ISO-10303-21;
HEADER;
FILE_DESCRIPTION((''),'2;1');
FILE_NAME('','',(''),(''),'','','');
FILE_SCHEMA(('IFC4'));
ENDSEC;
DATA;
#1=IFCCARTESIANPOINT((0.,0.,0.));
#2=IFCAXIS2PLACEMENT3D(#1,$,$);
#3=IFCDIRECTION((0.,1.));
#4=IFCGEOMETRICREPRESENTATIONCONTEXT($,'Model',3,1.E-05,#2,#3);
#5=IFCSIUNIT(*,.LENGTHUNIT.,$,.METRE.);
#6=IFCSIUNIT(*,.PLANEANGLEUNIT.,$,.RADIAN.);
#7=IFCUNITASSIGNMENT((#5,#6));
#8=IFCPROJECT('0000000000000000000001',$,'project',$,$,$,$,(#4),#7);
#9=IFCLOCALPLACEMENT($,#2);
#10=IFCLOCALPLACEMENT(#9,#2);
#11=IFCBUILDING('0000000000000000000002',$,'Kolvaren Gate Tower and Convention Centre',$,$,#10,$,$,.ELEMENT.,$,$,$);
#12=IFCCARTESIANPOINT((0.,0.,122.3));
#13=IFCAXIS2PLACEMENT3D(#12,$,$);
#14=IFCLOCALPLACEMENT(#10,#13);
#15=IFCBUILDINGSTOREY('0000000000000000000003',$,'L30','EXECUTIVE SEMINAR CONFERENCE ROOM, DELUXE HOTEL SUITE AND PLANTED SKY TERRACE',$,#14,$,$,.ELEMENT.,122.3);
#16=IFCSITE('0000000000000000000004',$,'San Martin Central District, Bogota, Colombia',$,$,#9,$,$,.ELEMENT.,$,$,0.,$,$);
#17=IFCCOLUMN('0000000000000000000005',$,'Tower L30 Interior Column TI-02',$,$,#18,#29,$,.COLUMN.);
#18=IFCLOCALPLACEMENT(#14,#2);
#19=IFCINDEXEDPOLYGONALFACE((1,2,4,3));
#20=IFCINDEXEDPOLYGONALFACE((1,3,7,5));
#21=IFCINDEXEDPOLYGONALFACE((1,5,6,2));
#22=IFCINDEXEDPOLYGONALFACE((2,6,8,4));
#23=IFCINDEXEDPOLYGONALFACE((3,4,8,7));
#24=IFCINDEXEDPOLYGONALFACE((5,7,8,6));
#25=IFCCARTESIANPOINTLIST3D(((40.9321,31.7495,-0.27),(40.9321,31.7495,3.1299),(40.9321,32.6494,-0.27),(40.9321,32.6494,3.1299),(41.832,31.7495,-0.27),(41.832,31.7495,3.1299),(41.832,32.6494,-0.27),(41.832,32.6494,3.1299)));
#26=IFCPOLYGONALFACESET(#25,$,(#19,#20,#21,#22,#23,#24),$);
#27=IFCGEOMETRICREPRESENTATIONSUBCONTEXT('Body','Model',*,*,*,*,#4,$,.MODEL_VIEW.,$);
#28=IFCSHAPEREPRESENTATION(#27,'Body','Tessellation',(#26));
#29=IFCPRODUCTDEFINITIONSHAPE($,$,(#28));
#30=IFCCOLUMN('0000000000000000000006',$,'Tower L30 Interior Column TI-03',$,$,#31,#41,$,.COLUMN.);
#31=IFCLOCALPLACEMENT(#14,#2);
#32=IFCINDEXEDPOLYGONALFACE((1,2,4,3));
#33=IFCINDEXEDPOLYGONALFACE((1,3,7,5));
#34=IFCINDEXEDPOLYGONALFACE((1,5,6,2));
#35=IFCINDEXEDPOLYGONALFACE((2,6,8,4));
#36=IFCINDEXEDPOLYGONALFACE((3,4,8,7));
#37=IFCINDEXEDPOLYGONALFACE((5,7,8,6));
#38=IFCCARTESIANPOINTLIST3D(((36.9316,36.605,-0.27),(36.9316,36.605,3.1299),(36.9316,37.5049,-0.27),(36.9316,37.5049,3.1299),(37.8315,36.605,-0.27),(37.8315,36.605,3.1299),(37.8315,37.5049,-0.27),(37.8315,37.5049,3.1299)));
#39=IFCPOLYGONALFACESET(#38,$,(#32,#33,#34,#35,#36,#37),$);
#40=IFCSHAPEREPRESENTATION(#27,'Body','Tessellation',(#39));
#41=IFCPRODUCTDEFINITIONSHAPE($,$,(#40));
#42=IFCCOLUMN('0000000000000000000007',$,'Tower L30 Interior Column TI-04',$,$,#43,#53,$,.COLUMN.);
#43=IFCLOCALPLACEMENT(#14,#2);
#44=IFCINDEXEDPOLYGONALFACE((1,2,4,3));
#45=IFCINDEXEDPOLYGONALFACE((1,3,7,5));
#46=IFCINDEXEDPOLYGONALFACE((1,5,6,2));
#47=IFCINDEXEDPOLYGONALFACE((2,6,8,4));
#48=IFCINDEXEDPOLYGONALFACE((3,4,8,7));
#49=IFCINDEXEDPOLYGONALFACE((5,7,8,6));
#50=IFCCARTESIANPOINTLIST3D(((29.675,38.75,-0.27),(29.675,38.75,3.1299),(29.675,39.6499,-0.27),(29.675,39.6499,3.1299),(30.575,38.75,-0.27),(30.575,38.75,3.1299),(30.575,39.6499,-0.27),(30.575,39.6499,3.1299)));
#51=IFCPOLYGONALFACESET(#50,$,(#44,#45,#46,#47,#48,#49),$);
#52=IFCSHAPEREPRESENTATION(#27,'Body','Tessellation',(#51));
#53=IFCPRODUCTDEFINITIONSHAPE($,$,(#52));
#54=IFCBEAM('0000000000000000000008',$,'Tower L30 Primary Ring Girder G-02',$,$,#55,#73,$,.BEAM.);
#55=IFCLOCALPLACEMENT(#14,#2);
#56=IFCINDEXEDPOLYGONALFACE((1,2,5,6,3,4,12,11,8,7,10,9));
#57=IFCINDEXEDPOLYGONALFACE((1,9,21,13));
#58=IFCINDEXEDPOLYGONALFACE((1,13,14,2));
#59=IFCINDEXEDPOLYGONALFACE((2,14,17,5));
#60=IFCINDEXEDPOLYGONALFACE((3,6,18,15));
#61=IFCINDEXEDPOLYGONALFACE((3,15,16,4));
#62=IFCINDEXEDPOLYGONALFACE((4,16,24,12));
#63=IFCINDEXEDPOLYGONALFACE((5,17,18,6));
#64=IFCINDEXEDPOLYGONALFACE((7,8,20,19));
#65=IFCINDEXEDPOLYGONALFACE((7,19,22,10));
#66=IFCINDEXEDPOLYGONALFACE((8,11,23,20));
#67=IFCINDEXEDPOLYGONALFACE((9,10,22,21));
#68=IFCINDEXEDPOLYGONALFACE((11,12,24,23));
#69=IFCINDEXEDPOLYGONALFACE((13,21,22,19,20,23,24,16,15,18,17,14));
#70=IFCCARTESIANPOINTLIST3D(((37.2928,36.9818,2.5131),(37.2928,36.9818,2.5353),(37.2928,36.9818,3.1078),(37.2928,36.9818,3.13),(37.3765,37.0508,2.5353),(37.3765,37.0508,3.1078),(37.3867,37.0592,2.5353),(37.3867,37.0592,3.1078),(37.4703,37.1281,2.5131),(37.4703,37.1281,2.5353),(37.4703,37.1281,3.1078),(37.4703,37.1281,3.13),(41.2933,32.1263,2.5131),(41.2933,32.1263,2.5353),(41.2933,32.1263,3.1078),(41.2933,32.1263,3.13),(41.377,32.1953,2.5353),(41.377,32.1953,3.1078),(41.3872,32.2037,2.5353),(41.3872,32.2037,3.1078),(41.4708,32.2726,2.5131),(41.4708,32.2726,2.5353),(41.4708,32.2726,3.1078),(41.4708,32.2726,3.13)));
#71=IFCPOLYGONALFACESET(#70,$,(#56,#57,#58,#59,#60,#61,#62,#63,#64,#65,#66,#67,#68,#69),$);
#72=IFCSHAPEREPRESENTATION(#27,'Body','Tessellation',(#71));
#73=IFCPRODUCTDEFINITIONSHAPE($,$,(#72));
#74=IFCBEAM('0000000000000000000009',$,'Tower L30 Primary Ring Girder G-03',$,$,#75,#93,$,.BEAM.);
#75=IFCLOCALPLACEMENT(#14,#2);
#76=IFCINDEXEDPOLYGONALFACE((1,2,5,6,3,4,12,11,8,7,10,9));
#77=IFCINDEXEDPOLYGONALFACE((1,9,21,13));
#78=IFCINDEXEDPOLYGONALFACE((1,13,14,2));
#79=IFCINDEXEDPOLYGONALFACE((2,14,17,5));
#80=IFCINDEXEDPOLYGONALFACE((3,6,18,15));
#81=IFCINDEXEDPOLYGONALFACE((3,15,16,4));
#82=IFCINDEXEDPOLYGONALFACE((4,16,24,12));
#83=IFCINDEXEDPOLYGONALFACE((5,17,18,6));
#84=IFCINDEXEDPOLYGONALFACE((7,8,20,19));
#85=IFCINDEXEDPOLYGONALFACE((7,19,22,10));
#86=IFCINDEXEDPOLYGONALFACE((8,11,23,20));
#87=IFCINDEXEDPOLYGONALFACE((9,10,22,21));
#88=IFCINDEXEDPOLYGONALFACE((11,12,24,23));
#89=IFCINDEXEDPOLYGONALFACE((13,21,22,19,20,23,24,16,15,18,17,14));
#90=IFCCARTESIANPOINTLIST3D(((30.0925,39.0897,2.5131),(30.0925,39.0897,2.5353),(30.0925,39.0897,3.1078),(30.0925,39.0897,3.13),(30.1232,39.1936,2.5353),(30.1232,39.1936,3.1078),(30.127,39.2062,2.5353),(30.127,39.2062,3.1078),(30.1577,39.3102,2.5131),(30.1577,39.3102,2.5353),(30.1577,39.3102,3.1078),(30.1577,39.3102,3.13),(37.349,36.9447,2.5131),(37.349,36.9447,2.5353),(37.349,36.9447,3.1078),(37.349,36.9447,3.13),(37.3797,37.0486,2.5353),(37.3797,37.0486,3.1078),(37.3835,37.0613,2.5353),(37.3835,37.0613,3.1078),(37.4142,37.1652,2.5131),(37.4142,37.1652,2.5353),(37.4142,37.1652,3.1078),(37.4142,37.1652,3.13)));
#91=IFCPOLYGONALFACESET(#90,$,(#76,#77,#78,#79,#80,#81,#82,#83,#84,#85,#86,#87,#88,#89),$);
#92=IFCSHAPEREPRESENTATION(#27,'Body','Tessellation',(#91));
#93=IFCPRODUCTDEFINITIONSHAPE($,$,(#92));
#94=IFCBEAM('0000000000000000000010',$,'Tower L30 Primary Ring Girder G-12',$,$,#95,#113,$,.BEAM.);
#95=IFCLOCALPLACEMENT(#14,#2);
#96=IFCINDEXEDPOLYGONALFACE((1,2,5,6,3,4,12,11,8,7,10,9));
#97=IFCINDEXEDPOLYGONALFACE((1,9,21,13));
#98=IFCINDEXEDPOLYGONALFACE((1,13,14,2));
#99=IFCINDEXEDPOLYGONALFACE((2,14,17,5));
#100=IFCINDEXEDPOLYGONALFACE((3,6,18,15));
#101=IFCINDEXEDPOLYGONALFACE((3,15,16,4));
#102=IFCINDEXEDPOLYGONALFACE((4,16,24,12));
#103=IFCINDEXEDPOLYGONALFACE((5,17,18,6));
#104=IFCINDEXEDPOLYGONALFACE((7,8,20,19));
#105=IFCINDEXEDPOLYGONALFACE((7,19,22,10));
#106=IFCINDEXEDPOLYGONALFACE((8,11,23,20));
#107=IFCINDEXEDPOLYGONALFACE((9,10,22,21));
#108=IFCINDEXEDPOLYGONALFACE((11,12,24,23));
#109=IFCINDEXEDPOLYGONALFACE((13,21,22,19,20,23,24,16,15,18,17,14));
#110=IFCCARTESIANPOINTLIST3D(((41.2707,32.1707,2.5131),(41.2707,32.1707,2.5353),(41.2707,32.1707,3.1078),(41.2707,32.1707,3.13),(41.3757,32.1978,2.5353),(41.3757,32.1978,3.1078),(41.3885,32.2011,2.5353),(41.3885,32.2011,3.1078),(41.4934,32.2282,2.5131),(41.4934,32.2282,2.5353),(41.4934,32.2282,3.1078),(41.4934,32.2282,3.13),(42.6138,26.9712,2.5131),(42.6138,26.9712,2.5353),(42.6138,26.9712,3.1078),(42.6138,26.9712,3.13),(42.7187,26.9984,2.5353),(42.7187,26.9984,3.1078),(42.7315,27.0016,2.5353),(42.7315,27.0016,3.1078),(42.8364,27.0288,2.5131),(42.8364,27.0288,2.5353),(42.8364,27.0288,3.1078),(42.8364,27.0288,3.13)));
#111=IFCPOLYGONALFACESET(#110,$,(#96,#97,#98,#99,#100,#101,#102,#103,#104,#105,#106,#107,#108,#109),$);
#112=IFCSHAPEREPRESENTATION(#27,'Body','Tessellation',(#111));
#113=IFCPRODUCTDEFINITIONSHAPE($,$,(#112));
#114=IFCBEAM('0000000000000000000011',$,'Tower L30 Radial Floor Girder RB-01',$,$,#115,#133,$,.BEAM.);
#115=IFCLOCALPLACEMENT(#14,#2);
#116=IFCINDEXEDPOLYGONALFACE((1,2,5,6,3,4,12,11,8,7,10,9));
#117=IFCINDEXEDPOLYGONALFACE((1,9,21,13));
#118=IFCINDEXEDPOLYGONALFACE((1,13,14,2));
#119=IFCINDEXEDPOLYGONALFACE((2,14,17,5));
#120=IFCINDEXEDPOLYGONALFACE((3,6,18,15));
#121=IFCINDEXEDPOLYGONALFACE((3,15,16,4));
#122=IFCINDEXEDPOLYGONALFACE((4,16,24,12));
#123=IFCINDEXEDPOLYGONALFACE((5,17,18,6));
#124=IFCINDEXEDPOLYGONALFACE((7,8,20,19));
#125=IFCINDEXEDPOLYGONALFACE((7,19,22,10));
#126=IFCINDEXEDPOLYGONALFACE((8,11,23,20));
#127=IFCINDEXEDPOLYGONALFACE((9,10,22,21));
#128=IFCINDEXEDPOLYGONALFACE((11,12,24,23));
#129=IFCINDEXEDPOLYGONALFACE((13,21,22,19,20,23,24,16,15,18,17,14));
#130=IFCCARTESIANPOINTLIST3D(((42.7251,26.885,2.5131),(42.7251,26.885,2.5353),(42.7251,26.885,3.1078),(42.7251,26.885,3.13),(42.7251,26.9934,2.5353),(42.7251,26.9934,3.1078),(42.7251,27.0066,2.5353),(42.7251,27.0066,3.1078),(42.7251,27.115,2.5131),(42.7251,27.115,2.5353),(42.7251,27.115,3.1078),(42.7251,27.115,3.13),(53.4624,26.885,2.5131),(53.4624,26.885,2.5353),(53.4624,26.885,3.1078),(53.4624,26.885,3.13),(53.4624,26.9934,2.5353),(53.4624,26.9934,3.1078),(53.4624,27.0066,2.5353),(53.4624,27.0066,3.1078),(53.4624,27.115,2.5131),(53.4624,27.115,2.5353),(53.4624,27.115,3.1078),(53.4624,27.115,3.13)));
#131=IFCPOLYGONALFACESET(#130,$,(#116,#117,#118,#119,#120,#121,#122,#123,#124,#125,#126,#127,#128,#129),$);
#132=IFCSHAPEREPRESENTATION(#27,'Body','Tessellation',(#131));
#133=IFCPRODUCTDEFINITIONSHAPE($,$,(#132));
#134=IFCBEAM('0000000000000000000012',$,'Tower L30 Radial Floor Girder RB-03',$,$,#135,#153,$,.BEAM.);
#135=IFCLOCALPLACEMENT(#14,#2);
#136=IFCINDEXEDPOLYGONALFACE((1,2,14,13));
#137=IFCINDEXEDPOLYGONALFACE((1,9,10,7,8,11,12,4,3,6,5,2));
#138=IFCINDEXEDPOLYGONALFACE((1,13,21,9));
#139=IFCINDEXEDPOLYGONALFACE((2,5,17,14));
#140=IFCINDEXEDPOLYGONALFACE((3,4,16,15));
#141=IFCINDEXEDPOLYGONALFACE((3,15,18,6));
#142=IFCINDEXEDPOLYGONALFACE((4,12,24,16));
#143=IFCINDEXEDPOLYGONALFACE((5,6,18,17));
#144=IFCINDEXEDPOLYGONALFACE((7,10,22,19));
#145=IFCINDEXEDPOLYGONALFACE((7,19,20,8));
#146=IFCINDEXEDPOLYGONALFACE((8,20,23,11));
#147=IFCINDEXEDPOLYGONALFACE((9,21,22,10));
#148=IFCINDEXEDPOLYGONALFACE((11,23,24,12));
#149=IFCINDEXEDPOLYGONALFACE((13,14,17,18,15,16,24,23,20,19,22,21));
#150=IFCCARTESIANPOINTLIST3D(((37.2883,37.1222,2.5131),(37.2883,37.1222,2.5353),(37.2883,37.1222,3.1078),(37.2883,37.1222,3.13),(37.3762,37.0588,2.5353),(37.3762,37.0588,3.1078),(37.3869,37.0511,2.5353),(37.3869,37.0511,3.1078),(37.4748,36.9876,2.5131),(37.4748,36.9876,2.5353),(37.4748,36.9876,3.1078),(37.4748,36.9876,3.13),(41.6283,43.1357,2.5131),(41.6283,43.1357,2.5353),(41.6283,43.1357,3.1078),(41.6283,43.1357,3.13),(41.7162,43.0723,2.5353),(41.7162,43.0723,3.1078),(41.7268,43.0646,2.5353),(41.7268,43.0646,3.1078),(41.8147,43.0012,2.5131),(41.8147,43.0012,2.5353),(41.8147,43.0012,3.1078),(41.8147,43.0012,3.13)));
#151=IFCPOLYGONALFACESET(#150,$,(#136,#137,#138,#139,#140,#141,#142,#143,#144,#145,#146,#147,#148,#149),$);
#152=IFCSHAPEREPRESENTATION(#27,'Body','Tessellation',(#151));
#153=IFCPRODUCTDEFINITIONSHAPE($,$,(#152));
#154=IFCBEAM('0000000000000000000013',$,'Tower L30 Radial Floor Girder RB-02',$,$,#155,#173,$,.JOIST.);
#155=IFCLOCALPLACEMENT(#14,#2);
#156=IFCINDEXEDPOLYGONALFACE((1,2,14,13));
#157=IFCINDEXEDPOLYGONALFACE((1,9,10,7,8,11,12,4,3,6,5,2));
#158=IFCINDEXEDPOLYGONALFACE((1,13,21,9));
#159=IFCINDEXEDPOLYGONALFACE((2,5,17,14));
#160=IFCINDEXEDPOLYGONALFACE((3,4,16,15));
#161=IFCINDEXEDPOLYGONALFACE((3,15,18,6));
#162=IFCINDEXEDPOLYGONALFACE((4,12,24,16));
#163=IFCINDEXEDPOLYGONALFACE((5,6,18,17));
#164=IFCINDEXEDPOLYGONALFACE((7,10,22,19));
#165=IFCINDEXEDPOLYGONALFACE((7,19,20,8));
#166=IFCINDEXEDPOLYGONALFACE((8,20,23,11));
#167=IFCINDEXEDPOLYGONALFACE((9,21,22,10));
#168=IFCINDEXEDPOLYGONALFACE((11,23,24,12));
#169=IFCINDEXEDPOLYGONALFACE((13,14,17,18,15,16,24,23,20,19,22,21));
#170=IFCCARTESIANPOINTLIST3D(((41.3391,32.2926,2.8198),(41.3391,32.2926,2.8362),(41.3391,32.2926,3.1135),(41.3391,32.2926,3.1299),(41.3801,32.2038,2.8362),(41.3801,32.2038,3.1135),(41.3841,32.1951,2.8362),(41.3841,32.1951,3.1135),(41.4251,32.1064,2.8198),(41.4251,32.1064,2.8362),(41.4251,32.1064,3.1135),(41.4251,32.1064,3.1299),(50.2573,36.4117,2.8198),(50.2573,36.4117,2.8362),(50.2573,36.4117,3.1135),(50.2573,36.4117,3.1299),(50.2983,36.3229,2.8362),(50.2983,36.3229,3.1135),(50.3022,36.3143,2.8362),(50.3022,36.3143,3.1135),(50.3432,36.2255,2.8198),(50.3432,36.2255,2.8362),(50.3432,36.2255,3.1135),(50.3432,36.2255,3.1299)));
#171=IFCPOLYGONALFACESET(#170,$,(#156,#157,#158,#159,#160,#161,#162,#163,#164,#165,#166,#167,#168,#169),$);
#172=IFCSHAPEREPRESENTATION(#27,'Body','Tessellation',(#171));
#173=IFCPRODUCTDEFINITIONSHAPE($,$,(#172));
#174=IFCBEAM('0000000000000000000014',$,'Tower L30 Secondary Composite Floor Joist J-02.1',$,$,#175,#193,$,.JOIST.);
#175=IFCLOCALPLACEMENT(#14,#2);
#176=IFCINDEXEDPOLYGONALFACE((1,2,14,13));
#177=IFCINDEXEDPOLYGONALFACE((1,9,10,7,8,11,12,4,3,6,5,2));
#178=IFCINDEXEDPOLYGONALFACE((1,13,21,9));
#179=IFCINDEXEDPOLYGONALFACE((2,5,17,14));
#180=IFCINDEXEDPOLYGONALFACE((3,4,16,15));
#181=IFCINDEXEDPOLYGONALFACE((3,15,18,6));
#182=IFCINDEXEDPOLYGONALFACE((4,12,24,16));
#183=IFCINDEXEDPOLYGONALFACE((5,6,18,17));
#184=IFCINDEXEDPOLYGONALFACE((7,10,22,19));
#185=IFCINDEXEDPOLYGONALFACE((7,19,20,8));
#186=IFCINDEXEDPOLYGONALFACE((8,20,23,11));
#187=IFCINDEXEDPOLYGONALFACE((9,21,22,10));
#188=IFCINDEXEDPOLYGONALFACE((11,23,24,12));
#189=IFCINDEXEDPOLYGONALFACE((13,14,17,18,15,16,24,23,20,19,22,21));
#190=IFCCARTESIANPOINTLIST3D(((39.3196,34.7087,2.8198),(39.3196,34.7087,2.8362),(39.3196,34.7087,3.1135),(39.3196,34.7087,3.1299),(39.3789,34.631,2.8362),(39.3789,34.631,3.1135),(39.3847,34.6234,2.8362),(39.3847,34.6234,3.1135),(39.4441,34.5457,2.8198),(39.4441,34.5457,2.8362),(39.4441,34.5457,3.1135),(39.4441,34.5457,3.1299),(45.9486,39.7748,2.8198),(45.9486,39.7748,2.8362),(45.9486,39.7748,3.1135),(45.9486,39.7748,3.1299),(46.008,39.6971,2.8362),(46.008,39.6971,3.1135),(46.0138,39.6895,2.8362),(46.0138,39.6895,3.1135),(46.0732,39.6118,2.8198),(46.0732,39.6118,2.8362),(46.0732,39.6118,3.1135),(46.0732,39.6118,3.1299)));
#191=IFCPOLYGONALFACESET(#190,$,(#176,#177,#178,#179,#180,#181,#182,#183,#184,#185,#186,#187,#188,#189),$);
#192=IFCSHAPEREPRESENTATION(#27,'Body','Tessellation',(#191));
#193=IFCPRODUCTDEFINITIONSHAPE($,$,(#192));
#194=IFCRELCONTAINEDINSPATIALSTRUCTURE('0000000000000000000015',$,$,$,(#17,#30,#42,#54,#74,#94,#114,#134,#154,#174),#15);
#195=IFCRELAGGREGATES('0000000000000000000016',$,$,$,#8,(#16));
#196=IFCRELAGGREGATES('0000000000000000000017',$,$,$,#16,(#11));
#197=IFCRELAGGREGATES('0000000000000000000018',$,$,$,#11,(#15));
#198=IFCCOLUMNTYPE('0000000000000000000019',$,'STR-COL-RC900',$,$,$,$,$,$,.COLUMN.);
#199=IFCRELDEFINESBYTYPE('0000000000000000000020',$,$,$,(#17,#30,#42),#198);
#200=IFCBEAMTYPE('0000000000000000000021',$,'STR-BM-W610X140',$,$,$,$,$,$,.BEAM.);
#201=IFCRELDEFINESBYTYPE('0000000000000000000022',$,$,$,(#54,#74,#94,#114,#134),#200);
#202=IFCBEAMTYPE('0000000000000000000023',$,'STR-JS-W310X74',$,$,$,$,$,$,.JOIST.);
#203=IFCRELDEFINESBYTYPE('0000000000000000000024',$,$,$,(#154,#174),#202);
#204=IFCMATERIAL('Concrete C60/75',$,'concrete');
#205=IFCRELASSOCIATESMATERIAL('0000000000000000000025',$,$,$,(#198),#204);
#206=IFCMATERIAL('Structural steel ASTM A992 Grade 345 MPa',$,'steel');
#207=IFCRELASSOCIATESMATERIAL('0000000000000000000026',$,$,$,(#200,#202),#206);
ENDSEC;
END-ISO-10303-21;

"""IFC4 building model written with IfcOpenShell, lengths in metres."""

from ifc_helpers import new_model, si_unit, direction, frame, origin, origin_2d, place, context, subcontext, project, spatial, rectangle, i_section, extrude, material, material_profile, profile_set, type_object, element, save


model = new_model("IFC4")

# Units and contexts
model_context = context("Model", 3, precision=1e-05, world=origin(), true_north=direction((0.0, 1.0)))
body_context = subcontext(model_context, "Body", "Model", "MODEL_VIEW")
ifc_project = project(units=[si_unit("LENGTHUNIT", "METRE"), si_unit("PLANEANGLEUNIT", "RADIAN")], contexts=[model_context])

# Site, building, storey
site_placement = place(None, origin())
site = spatial("IfcSite", under=ifc_project, at=site_placement, Name="San Martin Central District, Bogota, Colombia", CompositionType="ELEMENT", RefElevation=0.0)
building_placement = place(site_placement, origin())
building = spatial("IfcBuilding", under=site, at=building_placement, Name="Kolvaren Gate Tower and Convention Centre", CompositionType="ELEMENT")
storey_placement = place(building_placement, frame((0.0, 0.0, 122.3)))
storey = spatial("IfcBuildingStorey", under=building, at=storey_placement, Name="L30", Description="EXECUTIVE SEMINAR CONFERENCE ROOM, DELUXE HOTEL SUITE AND PLANTED SKY TERRACE", CompositionType="ELEMENT", Elevation=122.3)

# Columns
ifc_material_1 = material(Name="Concrete C60/75", Category="concrete")
ifc_material_profile_1 = material_profile(ifc_material_1, rectangle(XDim=0.8999, YDim=0.8999, at=origin_2d()), Name="RC-COL-900X900")
ifc_profile_set_1 = profile_set([ifc_material_profile_1], Name="Concrete C60/75")
column_type = type_object("IfcColumnType", Name="STR-COL-RC900", PredefinedType="COLUMN", material=ifc_profile_set_1)
for number, where, z_axis, x_axis, name in (
    (1, (41.3821, 32.1995, -0.27), (0.0, 0.0, 1.0), (1.0, 0.0, 0.0), "Tower L30 Interior Column TI-02"),
    (2, (37.3816, 37.0549, -0.27), (0.0, 0.0, 1.0), (1.0, 0.0, 0.0), "Tower L30 Interior Column TI-03"),
    (3, (30.125, 39.2, -0.27), (0.0, 0.0, 1.0), (1.0, 0.0, 0.0), "Tower L30 Interior Column TI-04"),
):
    element("IfcColumn", number, at=place(storey_placement, frame(where, z_axis=z_axis, x_axis=x_axis)), inside=storey, type_object=column_type, Name=name, PredefinedType="COLUMN", context=body_context, shape_type="SweptSolid", body=[
        extrude(rectangle(XDim=0.8999, YDim=0.8999, at=origin_2d()), origin(), (0.0, 0.0, 1.0), 3.3999),
    ])

# Beams
ifc_material_2 = material(Name="Structural steel ASTM A992 Grade 345 MPa", Category="steel")
ifc_material_profile_2 = material_profile(ifc_material_2, i_section(OverallWidth=0.23, OverallDepth=0.6169, WebThickness=0.0132, FlangeThickness=0.0222, at=origin_2d()), Name="W610X140")
ifc_profile_set_2 = profile_set([ifc_material_profile_2], Name="Structural steel ASTM A992 Grade 345 MPa")
beam_type_1 = type_object("IfcBeamType", Name="STR-BM-W610X140", PredefinedType="BEAM", material=ifc_profile_set_2)
beam_1_placement = place(storey_placement, frame((41.3821, 32.1995, 2.8215), z_axis=(-0.635884, 0.771785, 0.0), x_axis=(-0.771785, -0.635884, 0.0)))
element("IfcBeam", 4, at=beam_1_placement, inside=storey, type_object=beam_type_1, Name="Tower L30 Primary Ring Girder G-02", PredefinedType="BEAM", context=body_context, shape_type="SweptSolid", body=[
    extrude(i_section(OverallWidth=0.23, OverallDepth=0.6169, WebThickness=0.0132, FlangeThickness=0.0222, at=origin_2d()), origin(), (0.0, 0.0, 1.0), 6.2913),
])
beam_2_placement = place(storey_placement, frame((37.3816, 37.0549, 2.8215), z_axis=(-0.958981, 0.283471, 0.0), x_axis=(-0.283471, -0.958981, 0.0)))
element("IfcBeam", 5, at=beam_2_placement, inside=storey, type_object=beam_type_1, Name="Tower L30 Primary Ring Girder G-03", PredefinedType="BEAM", context=body_context, shape_type="SweptSolid", body=[
    extrude(i_section(OverallWidth=0.23, OverallDepth=0.6169, WebThickness=0.0132, FlangeThickness=0.0222, at=origin_2d()), origin(), (0.0, 0.0, 1.0), 7.5669),
])
beam_3_placement = place(storey_placement, frame((42.7251, 27.0, 2.8215), z_axis=(-0.250091, 0.968222, 0.0), x_axis=(-0.968222, -0.250091, 0.0)))
element("IfcBeam", 6, at=beam_3_placement, inside=storey, type_object=beam_type_1, Name="Tower L30 Primary Ring Girder G-12", PredefinedType="BEAM", context=body_context, shape_type="SweptSolid", body=[
    extrude(i_section(OverallWidth=0.23, OverallDepth=0.6169, WebThickness=0.0132, FlangeThickness=0.0222, at=origin_2d()), origin(), (0.0, 0.0, 1.0), 5.3701),
])
beam_4_placement = place(storey_placement, frame((42.7251, 27.0, 2.8215), z_axis=(1.0, 0.0, 0.0), x_axis=(0.0, 1.0, 0.0)))
element("IfcBeam", 7, at=beam_4_placement, inside=storey, type_object=beam_type_1, Name="Tower L30 Radial Floor Girder RB-01", PredefinedType="BEAM", context=body_context, shape_type="SweptSolid", body=[
    extrude(i_section(OverallWidth=0.23, OverallDepth=0.6169, WebThickness=0.0132, FlangeThickness=0.0222, at=origin_2d()), origin(), (0.0, 0.0, 1.0), 10.7373),
])
beam_5_placement = place(storey_placement, frame((37.3816, 37.0549, 2.8215), z_axis=(0.585208, 0.810883, 0.0), x_axis=(-0.810883, 0.585208, 0.0)))
element("IfcBeam", 8, at=beam_5_placement, inside=storey, type_object=beam_type_1, Name="Tower L30 Radial Floor Girder RB-03", PredefinedType="BEAM", context=body_context, shape_type="SweptSolid", body=[
    extrude(i_section(OverallWidth=0.23, OverallDepth=0.6169, WebThickness=0.0132, FlangeThickness=0.0222, at=origin_2d()), origin(), (0.0, 0.0, 1.0), 7.416),
])
ifc_material_profile_3 = material_profile(ifc_material_2, i_section(OverallWidth=0.2051, OverallDepth=0.3101, WebThickness=0.0095, FlangeThickness=0.0164, at=origin_2d()), Name="W310X74")
ifc_profile_set_3 = profile_set([ifc_material_profile_3], Name="Structural steel ASTM A992 Grade 345 MPa")
beam_type_2 = type_object("IfcBeamType", Name="STR-JS-W310X74", PredefinedType="JOIST", material=ifc_profile_set_3)
beam_6_placement = place(storey_placement, frame((41.3821, 32.1995, 2.9749), z_axis=(0.907842, 0.419313, 0.0), x_axis=(-0.419313, 0.907842, 0.0)))
element("IfcBeam", 9, at=beam_6_placement, inside=storey, type_object=beam_type_2, Name="Tower L30 Radial Floor Girder RB-02", PredefinedType="JOIST", context=body_context, shape_type="SweptSolid", body=[
    extrude(i_section(OverallWidth=0.2051, OverallDepth=0.3101, WebThickness=0.0095, FlangeThickness=0.0164, at=origin_2d()), origin(), (0.0, 0.0, 1.0), 9.8235),
])
beam_7_placement = place(storey_placement, frame((39.3818, 34.6272, 2.9749), z_axis=(0.794542, 0.607209, 0.0), x_axis=(-0.607209, 0.794542, 0.0)))
element("IfcBeam", 10, at=beam_7_placement, inside=storey, type_object=beam_type_2, Name="Tower L30 Secondary Composite Floor Joist J-02.1", PredefinedType="JOIST", context=body_context, shape_type="SweptSolid", body=[
    extrude(i_section(OverallWidth=0.2051, OverallDepth=0.3101, WebThickness=0.0095, FlangeThickness=0.0164, at=origin_2d()), origin(), (0.0, 0.0, 1.0), 8.3433),
])

save(model, "model.ifc")
